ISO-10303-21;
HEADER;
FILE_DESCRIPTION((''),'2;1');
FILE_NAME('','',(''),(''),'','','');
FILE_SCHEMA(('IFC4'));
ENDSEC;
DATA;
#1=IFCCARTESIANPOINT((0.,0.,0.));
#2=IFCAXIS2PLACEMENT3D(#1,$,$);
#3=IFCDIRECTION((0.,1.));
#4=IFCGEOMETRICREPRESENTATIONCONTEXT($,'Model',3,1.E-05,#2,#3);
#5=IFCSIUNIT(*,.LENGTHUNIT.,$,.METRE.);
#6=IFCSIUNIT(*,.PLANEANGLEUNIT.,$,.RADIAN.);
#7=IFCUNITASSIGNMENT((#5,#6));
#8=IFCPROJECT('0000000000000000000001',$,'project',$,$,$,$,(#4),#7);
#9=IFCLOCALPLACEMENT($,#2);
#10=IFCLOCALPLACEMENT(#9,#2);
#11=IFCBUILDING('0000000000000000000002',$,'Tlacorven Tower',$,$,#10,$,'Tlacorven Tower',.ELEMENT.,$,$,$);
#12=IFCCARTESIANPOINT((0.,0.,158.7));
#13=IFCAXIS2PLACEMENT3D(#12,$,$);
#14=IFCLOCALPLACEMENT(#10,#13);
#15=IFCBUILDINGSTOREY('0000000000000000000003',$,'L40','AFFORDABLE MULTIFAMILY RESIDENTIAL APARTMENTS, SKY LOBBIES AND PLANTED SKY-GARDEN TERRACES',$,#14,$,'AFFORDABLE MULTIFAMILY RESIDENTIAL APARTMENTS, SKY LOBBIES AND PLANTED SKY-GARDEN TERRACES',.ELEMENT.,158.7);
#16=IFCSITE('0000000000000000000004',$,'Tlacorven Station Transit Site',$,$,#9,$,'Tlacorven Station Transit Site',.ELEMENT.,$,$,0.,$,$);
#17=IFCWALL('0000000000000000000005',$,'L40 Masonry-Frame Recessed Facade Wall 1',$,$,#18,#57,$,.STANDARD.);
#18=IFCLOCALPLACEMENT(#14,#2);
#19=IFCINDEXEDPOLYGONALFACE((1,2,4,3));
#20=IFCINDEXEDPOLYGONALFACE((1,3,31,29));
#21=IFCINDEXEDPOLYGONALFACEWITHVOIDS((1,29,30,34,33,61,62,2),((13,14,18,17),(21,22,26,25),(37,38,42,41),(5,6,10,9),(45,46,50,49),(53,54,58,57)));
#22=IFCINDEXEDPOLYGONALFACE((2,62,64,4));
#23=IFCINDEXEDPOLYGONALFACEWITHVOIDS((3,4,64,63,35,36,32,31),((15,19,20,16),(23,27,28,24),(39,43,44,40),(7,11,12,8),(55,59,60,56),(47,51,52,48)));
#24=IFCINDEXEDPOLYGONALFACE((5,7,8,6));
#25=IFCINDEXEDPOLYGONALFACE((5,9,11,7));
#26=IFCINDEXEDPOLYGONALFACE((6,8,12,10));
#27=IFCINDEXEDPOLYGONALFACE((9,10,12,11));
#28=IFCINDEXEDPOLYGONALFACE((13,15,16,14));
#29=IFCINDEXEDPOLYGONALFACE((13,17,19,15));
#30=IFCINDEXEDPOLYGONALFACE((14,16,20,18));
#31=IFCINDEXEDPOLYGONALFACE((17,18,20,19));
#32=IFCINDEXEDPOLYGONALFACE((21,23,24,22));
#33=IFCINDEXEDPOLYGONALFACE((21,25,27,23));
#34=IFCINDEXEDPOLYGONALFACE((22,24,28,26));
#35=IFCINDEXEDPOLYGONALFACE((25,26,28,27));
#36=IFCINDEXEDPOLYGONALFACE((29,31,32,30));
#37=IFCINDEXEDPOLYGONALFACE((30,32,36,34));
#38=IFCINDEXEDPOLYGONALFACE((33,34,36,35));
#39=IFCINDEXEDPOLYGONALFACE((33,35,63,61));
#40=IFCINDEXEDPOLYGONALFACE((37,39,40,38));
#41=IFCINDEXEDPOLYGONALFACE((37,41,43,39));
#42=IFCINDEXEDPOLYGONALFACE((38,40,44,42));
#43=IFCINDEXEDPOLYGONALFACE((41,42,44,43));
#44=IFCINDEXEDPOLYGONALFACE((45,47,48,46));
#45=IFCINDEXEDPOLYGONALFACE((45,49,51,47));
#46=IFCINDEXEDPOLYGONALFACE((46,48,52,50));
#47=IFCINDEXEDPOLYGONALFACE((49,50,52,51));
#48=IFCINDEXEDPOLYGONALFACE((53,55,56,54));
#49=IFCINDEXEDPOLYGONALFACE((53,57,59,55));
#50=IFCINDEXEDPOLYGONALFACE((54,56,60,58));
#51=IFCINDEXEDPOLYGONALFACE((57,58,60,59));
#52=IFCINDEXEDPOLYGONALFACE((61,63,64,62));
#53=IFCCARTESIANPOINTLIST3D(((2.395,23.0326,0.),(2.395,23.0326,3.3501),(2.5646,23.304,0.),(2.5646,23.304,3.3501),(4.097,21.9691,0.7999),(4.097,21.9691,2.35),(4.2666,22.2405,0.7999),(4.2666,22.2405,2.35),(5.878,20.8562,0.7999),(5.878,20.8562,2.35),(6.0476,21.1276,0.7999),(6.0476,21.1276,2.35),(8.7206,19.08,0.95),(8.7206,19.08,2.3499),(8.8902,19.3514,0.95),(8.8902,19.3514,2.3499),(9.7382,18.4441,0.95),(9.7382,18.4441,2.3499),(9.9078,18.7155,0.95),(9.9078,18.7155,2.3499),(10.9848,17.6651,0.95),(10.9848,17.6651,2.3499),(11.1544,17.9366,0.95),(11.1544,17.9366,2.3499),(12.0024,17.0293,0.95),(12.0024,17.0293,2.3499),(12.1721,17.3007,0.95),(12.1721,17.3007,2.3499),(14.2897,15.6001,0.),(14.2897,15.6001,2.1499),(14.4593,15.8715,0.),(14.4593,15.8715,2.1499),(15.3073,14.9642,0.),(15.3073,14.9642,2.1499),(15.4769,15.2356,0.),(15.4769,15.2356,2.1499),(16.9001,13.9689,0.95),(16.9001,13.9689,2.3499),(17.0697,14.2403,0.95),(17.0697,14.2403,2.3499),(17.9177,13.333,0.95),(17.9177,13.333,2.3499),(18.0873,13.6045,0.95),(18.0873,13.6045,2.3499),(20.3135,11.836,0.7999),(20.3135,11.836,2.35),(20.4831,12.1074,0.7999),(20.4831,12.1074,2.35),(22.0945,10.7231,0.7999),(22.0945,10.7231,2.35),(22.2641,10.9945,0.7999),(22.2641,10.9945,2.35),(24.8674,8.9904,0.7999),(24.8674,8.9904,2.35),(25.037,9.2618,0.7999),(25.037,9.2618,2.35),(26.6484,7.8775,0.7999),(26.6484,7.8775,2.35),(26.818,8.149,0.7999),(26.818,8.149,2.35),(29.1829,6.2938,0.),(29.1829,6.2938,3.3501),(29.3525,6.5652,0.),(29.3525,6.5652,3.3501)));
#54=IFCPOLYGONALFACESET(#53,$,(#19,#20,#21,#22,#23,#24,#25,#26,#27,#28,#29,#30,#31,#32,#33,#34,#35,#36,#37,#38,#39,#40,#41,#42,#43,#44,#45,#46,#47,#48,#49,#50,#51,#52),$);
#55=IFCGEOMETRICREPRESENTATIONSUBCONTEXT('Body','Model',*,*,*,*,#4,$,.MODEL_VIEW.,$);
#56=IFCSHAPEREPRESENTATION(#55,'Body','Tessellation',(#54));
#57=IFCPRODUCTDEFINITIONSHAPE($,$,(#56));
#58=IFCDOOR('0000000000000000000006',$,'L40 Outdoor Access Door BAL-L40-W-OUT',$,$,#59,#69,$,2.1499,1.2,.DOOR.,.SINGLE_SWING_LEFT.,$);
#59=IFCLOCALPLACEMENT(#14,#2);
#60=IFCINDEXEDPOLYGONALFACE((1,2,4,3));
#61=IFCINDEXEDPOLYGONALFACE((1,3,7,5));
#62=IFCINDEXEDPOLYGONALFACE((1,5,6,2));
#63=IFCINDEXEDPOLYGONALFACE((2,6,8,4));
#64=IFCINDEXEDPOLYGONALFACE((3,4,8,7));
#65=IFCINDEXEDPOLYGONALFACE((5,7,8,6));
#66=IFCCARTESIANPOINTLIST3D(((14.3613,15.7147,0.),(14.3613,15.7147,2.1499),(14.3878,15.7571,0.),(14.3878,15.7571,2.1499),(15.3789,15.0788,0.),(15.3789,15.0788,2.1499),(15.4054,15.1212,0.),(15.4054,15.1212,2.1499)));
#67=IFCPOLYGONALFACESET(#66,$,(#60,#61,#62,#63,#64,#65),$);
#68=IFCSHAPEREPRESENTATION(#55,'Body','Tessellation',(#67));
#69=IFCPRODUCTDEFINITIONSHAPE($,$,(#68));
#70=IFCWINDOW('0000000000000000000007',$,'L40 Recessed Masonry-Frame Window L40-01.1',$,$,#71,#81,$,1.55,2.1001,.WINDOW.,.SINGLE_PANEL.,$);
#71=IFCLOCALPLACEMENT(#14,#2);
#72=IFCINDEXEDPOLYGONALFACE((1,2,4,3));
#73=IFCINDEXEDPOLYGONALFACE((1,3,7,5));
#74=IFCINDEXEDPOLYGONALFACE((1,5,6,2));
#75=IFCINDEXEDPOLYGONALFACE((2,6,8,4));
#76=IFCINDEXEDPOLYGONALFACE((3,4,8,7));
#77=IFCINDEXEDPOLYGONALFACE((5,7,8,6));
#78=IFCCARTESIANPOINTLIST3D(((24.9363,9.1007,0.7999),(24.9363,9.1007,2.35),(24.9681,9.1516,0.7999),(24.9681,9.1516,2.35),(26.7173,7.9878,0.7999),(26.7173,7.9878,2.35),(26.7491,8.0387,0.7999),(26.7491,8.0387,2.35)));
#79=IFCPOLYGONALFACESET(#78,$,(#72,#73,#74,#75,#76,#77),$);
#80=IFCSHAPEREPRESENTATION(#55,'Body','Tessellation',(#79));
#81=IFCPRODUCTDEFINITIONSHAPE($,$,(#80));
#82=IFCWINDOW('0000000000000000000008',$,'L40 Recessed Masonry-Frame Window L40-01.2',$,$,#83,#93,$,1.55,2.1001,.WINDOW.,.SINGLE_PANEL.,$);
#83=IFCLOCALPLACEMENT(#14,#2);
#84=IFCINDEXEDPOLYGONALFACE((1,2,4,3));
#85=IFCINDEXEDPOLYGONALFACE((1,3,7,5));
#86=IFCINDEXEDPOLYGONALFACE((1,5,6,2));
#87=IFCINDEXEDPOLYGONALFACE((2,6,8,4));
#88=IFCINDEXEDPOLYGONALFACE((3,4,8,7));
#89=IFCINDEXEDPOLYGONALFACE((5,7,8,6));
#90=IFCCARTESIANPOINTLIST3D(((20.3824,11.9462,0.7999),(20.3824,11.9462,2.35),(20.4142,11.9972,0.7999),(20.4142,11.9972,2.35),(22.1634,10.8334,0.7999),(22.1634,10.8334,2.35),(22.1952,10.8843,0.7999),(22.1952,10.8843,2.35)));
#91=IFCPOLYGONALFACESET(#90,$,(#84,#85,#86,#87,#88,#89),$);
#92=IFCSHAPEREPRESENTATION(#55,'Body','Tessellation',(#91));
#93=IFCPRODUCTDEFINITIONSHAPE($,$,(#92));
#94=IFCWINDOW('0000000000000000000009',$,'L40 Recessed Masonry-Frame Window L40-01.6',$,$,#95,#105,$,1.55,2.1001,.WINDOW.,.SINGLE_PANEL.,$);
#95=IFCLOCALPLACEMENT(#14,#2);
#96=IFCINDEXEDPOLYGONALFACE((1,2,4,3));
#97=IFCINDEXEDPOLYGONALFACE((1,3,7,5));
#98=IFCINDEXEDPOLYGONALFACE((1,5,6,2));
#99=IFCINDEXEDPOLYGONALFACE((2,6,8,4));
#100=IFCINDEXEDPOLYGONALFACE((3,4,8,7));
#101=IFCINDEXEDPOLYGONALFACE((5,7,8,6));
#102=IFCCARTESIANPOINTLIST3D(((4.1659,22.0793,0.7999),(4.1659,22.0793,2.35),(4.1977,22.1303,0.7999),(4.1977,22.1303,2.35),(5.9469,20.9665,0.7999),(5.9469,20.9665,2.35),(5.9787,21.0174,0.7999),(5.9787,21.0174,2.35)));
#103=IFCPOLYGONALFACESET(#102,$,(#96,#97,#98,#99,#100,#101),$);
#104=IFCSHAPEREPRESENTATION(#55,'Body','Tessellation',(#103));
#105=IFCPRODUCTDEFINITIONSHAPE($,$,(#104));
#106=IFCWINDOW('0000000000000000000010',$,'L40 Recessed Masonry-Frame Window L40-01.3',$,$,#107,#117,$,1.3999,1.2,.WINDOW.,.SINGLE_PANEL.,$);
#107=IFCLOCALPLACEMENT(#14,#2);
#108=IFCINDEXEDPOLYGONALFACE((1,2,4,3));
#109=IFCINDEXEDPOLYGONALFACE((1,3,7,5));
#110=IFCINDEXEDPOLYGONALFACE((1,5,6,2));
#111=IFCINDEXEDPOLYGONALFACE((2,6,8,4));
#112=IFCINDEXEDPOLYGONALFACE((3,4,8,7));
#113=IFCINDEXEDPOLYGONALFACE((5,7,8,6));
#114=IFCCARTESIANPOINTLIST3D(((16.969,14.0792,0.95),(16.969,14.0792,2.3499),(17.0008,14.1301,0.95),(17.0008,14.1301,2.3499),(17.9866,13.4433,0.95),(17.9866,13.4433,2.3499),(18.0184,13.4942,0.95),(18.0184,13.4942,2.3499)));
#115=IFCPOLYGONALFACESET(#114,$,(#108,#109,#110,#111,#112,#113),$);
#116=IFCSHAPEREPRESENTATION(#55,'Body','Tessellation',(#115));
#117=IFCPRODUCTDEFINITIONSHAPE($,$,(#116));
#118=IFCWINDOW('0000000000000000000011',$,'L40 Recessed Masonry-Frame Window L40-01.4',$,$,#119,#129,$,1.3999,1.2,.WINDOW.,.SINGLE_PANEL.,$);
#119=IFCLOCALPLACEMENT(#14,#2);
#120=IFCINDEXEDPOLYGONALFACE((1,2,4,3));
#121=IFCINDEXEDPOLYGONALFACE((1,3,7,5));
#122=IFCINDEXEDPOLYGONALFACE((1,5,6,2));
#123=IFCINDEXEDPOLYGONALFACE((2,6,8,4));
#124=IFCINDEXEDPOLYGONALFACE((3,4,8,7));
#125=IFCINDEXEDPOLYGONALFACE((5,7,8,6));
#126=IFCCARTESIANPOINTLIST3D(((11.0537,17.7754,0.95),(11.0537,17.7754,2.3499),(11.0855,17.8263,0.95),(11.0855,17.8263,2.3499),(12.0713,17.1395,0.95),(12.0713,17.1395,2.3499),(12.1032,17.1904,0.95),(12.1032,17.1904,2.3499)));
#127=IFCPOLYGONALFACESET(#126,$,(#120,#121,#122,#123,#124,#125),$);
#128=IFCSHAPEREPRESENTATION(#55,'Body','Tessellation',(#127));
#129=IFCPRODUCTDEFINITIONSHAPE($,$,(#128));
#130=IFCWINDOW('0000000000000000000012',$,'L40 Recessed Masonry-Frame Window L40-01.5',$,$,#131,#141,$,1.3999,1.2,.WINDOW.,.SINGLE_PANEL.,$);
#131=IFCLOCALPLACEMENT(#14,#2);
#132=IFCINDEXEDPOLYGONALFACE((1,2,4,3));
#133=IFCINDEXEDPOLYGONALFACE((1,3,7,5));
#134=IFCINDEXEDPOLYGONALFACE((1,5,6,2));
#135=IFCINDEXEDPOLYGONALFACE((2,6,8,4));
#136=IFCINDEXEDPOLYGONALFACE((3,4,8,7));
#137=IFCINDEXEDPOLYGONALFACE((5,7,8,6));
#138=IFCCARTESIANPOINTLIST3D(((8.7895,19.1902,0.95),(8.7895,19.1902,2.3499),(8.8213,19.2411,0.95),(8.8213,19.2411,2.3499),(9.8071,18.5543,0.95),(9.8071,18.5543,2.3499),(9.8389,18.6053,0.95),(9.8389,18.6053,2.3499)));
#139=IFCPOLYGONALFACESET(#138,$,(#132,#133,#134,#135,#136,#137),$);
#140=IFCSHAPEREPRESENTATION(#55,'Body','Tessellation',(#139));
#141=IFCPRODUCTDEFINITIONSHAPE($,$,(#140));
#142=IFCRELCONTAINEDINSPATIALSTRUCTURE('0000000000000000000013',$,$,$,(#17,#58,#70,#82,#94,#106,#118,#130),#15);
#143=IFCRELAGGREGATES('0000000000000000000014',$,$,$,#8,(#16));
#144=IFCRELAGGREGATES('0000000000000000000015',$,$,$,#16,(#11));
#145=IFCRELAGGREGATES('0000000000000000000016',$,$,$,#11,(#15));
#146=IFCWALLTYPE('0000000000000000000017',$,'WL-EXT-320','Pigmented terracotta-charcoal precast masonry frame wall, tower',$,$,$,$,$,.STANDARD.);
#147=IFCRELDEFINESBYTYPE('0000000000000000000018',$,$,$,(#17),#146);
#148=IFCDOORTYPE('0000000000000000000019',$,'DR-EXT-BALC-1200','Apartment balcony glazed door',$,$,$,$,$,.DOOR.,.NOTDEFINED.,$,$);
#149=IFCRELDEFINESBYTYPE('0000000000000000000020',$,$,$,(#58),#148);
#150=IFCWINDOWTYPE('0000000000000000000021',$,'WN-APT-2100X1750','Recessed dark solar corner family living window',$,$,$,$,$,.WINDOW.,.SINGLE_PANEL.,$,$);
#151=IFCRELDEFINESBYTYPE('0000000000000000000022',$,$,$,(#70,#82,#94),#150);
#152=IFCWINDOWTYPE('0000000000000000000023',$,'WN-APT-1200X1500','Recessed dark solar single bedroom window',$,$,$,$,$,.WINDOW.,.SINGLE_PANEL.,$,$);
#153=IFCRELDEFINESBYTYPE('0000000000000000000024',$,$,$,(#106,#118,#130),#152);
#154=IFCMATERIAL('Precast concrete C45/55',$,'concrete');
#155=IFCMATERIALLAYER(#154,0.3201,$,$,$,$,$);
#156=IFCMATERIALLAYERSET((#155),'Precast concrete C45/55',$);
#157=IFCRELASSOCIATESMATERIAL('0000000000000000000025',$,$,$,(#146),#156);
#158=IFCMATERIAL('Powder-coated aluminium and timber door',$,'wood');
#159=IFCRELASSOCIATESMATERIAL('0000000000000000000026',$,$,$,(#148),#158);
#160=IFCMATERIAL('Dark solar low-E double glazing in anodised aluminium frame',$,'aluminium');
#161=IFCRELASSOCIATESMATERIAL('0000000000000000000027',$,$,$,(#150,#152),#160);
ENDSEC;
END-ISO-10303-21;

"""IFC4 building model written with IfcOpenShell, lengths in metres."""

from ifc_helpers import new_model, si_unit, direction, frame, frame_2d, origin, place, context, subcontext, project, spatial, rectangle, extrude, source, transform, mapped, material, layer, layer_set, type_object, element, fill, save


model = new_model("IFC4")

# Units and contexts
model_context = context("Model", 3, precision=1e-05, world=origin(), true_north=direction((0.0, 1.0)))
body_context = subcontext(model_context, "Body", "Model", "MODEL_VIEW")
ifc_project = project(units=[si_unit("LENGTHUNIT", "METRE"), si_unit("PLANEANGLEUNIT", "RADIAN")], contexts=[model_context])

# Site, building, storey
site_placement = place(None, origin())
site = spatial("IfcSite", under=ifc_project, at=site_placement, Name="Tlacorven Station Transit Site", LongName="Tlacorven Station Transit Site", CompositionType="ELEMENT", RefElevation=0.0)
building_placement = place(site_placement, origin())
building = spatial("IfcBuilding", under=site, at=building_placement, Name="Tlacorven Tower", LongName="Tlacorven Tower", CompositionType="ELEMENT")
storey_placement = place(building_placement, frame((0.0, 0.0, 158.7)))
storey = spatial("IfcBuildingStorey", under=building, at=storey_placement, Name="L40", Description="AFFORDABLE MULTIFAMILY RESIDENTIAL APARTMENTS, SKY LOBBIES AND PLANTED SKY-GARDEN TERRACES", LongName="AFFORDABLE MULTIFAMILY RESIDENTIAL APARTMENTS, SKY LOBBIES AND PLANTED SKY-GARDEN TERRACES", CompositionType="ELEMENT", Elevation=158.7)

# Wall, openings, door, windows
ifc_material_1 = material(Name="Precast concrete C45/55", Category="concrete")
ifc_layer_1 = layer(ifc_material_1, 0.3201)
ifc_layer_set_1 = layer_set([ifc_layer_1], Name="Precast concrete C45/55")
wall_type_1 = type_object("IfcWallType", Name="WL-EXT-320", Description="Pigmented terracotta-charcoal precast masonry frame wall, tower", PredefinedType="STANDARD", material=ifc_layer_set_1)
wall_1_placement = place(storey_placement, frame((29.2678, 6.4294, 0.0), z_axis=(0.0, 0.0, 1.0), x_axis=(-0.84805, 0.529916, 0.0)))
wall_1 = element("IfcWall", 1, at=wall_1_placement, inside=storey, type_object=wall_type_1, Name="L40 Masonry-Frame Recessed Facade Wall 1", PredefinedType="STANDARD", context=body_context, shape_type="SweptSolid", body=[
    extrude(rectangle(XDim=31.5876, YDim=0.3201, at=frame_2d((15.7939, 0.0))), origin(), (0.0, 0.0, 1.0), 3.3501),
])
opening_1_placement = place(wall_1_placement, frame((16.3618, 0.0, 0.0)))
opening_1 = element("IfcOpeningElement", 2, at=opening_1_placement, cuts=wall_1, PredefinedType="OPENING", context=body_context, shape_type="SweptSolid", body=[
    extrude(rectangle(XDim=1.2, YDim=2.1499, at=frame_2d((0.6001, 1.075))), frame((0.0, 0.1699, 0.0), z_axis=(0.0, -1.0, 0.0), x_axis=(1.0, 0.0, 0.0)), (0.0, 0.0, 1.0), 0.3401),
])
opening_2_placement = place(wall_1_placement, frame((2.9888, 0.0, 0.8)))
opening_2 = element("IfcOpeningElement", 3, at=opening_2_placement, cuts=wall_1, PredefinedType="OPENING", context=body_context, shape_type="SweptSolid", body=[
    extrude(rectangle(XDim=2.1001, YDim=1.55, at=frame_2d((1.05, 0.7749))), frame((0.0, 0.1699, 0.0), z_axis=(0.0, -1.0, 0.0), x_axis=(1.0, 0.0, 0.0)), (0.0, 0.0, 1.0), 0.3401),
])
opening_3_placement = place(wall_1_placement, frame((8.3586, 0.0, 0.8)))
opening_3 = element("IfcOpeningElement", 4, at=opening_3_placement, cuts=wall_1, PredefinedType="OPENING", context=body_context, shape_type="SweptSolid", body=[
    extrude(rectangle(XDim=2.1001, YDim=1.55, at=frame_2d((1.05, 0.7749))), frame((0.0, 0.1699, 0.0), z_axis=(0.0, -1.0, 0.0), x_axis=(1.0, 0.0, 0.0)), (0.0, 0.0, 1.0), 0.3401),
])
opening_4_placement = place(wall_1_placement, frame((13.2837, 0.0, 0.95)))
opening_4 = element("IfcOpeningElement", 5, at=opening_4_placement, cuts=wall_1, PredefinedType="OPENING", context=body_context, shape_type="SweptSolid", body=[
    extrude(rectangle(XDim=1.2, YDim=1.3999, at=frame_2d((0.6001, 0.7))), frame((0.0, 0.1699, 0.0), z_axis=(0.0, -1.0, 0.0), x_axis=(1.0, 0.0, 0.0)), (0.0, 0.0, 1.0), 0.3401),
])
opening_5_placement = place(wall_1_placement, frame((20.2588, 0.0, 0.95)))
opening_5 = element("IfcOpeningElement", 6, at=opening_5_placement, cuts=wall_1, PredefinedType="OPENING", context=body_context, shape_type="SweptSolid", body=[
    extrude(rectangle(XDim=1.2, YDim=1.3999, at=frame_2d((0.6001, 0.7))), frame((0.0, 0.1699, 0.0), z_axis=(0.0, -1.0, 0.0), x_axis=(1.0, 0.0, 0.0)), (0.0, 0.0, 1.0), 0.3401),
])
opening_6_placement = place(wall_1_placement, frame((22.9287, 0.0, 0.95)))
opening_6 = element("IfcOpeningElement", 7, at=opening_6_placement, cuts=wall_1, PredefinedType="OPENING", context=body_context, shape_type="SweptSolid", body=[
    extrude(rectangle(XDim=1.2, YDim=1.3999, at=frame_2d((0.6001, 0.7))), frame((0.0, 0.1699, 0.0), z_axis=(0.0, -1.0, 0.0), x_axis=(1.0, 0.0, 0.0)), (0.0, 0.0, 1.0), 0.3401),
])
opening_7_placement = place(wall_1_placement, frame((27.4807, 0.0, 0.8)))
opening_7 = element("IfcOpeningElement", 8, at=opening_7_placement, cuts=wall_1, PredefinedType="OPENING", context=body_context, shape_type="SweptSolid", body=[
    extrude(rectangle(XDim=2.1001, YDim=1.55, at=frame_2d((1.05, 0.7749))), frame((0.0, 0.1699, 0.0), z_axis=(0.0, -1.0, 0.0), x_axis=(1.0, 0.0, 0.0)), (0.0, 0.0, 1.0), 0.3401),
])
ifc_material_2 = material(Name="Powder-coated aluminium and timber door", Category="wood")
door_type_1 = type_object("IfcDoorType", Name="DR-EXT-BALC-1200", Description="Apartment balcony glazed door", OperationType="NOTDEFINED", PredefinedType="DOOR", material=ifc_material_2)
shared_shape_1 = source(origin(), body_context, "Body", "SweptSolid", [
    extrude(rectangle(XDim=1.2, YDim=2.1499, at=frame_2d((0.6001, 1.075))), frame((0.0, 0.0249, 0.0), z_axis=(0.0, -1.0, 0.0), x_axis=(1.0, 0.0, 0.0)), (0.0, 0.0, 1.0), 0.05),
])
door_1_placement = place(opening_1_placement, origin())
door_1 = element("IfcDoor", 9, at=door_1_placement, inside=storey, type_object=door_type_1, Name="L40 Outdoor Access Door BAL-L40-W-OUT", OperationType="SINGLE_SWING_LEFT", OverallHeight=2.1499, OverallWidth=1.2, PredefinedType="DOOR", context=body_context, shape_type="MappedRepresentation", body=[
    mapped(shared_shape_1, transform((0.0, 0.0, 0.0), scale=1.0)),
])
fill(opening_1, door_1)
ifc_material_3 = material(Name="Dark solar low-E double glazing in anodised aluminium frame", Category="aluminium")
window_type_1 = type_object("IfcWindowType", Name="WN-APT-2100X1750", Description="Recessed dark solar corner family living window", PartitioningType="SINGLE_PANEL", PredefinedType="WINDOW", material=ifc_material_3)
shared_shape_2 = source(origin(), body_context, "Body", "SweptSolid", [
    extrude(rectangle(XDim=2.1001, YDim=1.55, at=frame_2d((1.05, 0.7749))), frame((0.0, 0.03, 0.0), z_axis=(0.0, -1.0, 0.0), x_axis=(1.0, 0.0, 0.0)), (0.0, 0.0, 1.0), 0.0601),
])
window_1_placement = place(opening_2_placement, origin())
window_1 = element("IfcWindow", 10, at=window_1_placement, inside=storey, type_object=window_type_1, Name="L40 Recessed Masonry-Frame Window L40-01.1", OverallHeight=1.55, OverallWidth=2.1001, PartitioningType="SINGLE_PANEL", PredefinedType="WINDOW", context=body_context, shape_type="MappedRepresentation", body=[
    mapped(shared_shape_2, transform((0.0, 0.0, 0.0), scale=1.0)),
])
fill(opening_2, window_1)
window_2_placement = place(opening_3_placement, origin())
window_2 = element("IfcWindow", 11, at=window_2_placement, inside=storey, type_object=window_type_1, Name="L40 Recessed Masonry-Frame Window L40-01.2", OverallHeight=1.55, OverallWidth=2.1001, PartitioningType="SINGLE_PANEL", PredefinedType="WINDOW", context=body_context, shape_type="MappedRepresentation", body=[
    mapped(shared_shape_2, transform((0.0, 0.0, 0.0), scale=1.0)),
])
fill(opening_3, window_2)
window_3_placement = place(opening_7_placement, origin())
window_3 = element("IfcWindow", 12, at=window_3_placement, inside=storey, type_object=window_type_1, Name="L40 Recessed Masonry-Frame Window L40-01.6", OverallHeight=1.55, OverallWidth=2.1001, PartitioningType="SINGLE_PANEL", PredefinedType="WINDOW", context=body_context, shape_type="MappedRepresentation", body=[
    mapped(shared_shape_2, transform((0.0, 0.0, 0.0), scale=1.0)),
])
fill(opening_7, window_3)
window_type_2 = type_object("IfcWindowType", Name="WN-APT-1200X1500", Description="Recessed dark solar single bedroom window", PartitioningType="SINGLE_PANEL", PredefinedType="WINDOW", material=ifc_material_3)
shared_shape_3 = source(origin(), body_context, "Body", "SweptSolid", [
    extrude(rectangle(XDim=1.2, YDim=1.3999, at=frame_2d((0.6001, 0.7))), frame((0.0, 0.03, 0.0), z_axis=(0.0, -1.0, 0.0), x_axis=(1.0, 0.0, 0.0)), (0.0, 0.0, 1.0), 0.0601),
])
window_4_placement = place(opening_4_placement, origin())
window_4 = element("IfcWindow", 13, at=window_4_placement, inside=storey, type_object=window_type_2, Name="L40 Recessed Masonry-Frame Window L40-01.3", OverallHeight=1.3999, OverallWidth=1.2, PartitioningType="SINGLE_PANEL", PredefinedType="WINDOW", context=body_context, shape_type="MappedRepresentation", body=[
    mapped(shared_shape_3, transform((0.0, 0.0, 0.0), scale=1.0)),
])
fill(opening_4, window_4)
window_5_placement = place(opening_5_placement, origin())
window_5 = element("IfcWindow", 14, at=window_5_placement, inside=storey, type_object=window_type_2, Name="L40 Recessed Masonry-Frame Window L40-01.4", OverallHeight=1.3999, OverallWidth=1.2, PartitioningType="SINGLE_PANEL", PredefinedType="WINDOW", context=body_context, shape_type="MappedRepresentation", body=[
    mapped(shared_shape_3, transform((0.0, 0.0, 0.0), scale=1.0)),
])
fill(opening_5, window_5)
window_6_placement = place(opening_6_placement, origin())
window_6 = element("IfcWindow", 15, at=window_6_placement, inside=storey, type_object=window_type_2, Name="L40 Recessed Masonry-Frame Window L40-01.5", OverallHeight=1.3999, OverallWidth=1.2, PartitioningType="SINGLE_PANEL", PredefinedType="WINDOW", context=body_context, shape_type="MappedRepresentation", body=[
    mapped(shared_shape_3, transform((0.0, 0.0, 0.0), scale=1.0)),
])
fill(opening_6, window_6)

save(model, "model.ifc")
